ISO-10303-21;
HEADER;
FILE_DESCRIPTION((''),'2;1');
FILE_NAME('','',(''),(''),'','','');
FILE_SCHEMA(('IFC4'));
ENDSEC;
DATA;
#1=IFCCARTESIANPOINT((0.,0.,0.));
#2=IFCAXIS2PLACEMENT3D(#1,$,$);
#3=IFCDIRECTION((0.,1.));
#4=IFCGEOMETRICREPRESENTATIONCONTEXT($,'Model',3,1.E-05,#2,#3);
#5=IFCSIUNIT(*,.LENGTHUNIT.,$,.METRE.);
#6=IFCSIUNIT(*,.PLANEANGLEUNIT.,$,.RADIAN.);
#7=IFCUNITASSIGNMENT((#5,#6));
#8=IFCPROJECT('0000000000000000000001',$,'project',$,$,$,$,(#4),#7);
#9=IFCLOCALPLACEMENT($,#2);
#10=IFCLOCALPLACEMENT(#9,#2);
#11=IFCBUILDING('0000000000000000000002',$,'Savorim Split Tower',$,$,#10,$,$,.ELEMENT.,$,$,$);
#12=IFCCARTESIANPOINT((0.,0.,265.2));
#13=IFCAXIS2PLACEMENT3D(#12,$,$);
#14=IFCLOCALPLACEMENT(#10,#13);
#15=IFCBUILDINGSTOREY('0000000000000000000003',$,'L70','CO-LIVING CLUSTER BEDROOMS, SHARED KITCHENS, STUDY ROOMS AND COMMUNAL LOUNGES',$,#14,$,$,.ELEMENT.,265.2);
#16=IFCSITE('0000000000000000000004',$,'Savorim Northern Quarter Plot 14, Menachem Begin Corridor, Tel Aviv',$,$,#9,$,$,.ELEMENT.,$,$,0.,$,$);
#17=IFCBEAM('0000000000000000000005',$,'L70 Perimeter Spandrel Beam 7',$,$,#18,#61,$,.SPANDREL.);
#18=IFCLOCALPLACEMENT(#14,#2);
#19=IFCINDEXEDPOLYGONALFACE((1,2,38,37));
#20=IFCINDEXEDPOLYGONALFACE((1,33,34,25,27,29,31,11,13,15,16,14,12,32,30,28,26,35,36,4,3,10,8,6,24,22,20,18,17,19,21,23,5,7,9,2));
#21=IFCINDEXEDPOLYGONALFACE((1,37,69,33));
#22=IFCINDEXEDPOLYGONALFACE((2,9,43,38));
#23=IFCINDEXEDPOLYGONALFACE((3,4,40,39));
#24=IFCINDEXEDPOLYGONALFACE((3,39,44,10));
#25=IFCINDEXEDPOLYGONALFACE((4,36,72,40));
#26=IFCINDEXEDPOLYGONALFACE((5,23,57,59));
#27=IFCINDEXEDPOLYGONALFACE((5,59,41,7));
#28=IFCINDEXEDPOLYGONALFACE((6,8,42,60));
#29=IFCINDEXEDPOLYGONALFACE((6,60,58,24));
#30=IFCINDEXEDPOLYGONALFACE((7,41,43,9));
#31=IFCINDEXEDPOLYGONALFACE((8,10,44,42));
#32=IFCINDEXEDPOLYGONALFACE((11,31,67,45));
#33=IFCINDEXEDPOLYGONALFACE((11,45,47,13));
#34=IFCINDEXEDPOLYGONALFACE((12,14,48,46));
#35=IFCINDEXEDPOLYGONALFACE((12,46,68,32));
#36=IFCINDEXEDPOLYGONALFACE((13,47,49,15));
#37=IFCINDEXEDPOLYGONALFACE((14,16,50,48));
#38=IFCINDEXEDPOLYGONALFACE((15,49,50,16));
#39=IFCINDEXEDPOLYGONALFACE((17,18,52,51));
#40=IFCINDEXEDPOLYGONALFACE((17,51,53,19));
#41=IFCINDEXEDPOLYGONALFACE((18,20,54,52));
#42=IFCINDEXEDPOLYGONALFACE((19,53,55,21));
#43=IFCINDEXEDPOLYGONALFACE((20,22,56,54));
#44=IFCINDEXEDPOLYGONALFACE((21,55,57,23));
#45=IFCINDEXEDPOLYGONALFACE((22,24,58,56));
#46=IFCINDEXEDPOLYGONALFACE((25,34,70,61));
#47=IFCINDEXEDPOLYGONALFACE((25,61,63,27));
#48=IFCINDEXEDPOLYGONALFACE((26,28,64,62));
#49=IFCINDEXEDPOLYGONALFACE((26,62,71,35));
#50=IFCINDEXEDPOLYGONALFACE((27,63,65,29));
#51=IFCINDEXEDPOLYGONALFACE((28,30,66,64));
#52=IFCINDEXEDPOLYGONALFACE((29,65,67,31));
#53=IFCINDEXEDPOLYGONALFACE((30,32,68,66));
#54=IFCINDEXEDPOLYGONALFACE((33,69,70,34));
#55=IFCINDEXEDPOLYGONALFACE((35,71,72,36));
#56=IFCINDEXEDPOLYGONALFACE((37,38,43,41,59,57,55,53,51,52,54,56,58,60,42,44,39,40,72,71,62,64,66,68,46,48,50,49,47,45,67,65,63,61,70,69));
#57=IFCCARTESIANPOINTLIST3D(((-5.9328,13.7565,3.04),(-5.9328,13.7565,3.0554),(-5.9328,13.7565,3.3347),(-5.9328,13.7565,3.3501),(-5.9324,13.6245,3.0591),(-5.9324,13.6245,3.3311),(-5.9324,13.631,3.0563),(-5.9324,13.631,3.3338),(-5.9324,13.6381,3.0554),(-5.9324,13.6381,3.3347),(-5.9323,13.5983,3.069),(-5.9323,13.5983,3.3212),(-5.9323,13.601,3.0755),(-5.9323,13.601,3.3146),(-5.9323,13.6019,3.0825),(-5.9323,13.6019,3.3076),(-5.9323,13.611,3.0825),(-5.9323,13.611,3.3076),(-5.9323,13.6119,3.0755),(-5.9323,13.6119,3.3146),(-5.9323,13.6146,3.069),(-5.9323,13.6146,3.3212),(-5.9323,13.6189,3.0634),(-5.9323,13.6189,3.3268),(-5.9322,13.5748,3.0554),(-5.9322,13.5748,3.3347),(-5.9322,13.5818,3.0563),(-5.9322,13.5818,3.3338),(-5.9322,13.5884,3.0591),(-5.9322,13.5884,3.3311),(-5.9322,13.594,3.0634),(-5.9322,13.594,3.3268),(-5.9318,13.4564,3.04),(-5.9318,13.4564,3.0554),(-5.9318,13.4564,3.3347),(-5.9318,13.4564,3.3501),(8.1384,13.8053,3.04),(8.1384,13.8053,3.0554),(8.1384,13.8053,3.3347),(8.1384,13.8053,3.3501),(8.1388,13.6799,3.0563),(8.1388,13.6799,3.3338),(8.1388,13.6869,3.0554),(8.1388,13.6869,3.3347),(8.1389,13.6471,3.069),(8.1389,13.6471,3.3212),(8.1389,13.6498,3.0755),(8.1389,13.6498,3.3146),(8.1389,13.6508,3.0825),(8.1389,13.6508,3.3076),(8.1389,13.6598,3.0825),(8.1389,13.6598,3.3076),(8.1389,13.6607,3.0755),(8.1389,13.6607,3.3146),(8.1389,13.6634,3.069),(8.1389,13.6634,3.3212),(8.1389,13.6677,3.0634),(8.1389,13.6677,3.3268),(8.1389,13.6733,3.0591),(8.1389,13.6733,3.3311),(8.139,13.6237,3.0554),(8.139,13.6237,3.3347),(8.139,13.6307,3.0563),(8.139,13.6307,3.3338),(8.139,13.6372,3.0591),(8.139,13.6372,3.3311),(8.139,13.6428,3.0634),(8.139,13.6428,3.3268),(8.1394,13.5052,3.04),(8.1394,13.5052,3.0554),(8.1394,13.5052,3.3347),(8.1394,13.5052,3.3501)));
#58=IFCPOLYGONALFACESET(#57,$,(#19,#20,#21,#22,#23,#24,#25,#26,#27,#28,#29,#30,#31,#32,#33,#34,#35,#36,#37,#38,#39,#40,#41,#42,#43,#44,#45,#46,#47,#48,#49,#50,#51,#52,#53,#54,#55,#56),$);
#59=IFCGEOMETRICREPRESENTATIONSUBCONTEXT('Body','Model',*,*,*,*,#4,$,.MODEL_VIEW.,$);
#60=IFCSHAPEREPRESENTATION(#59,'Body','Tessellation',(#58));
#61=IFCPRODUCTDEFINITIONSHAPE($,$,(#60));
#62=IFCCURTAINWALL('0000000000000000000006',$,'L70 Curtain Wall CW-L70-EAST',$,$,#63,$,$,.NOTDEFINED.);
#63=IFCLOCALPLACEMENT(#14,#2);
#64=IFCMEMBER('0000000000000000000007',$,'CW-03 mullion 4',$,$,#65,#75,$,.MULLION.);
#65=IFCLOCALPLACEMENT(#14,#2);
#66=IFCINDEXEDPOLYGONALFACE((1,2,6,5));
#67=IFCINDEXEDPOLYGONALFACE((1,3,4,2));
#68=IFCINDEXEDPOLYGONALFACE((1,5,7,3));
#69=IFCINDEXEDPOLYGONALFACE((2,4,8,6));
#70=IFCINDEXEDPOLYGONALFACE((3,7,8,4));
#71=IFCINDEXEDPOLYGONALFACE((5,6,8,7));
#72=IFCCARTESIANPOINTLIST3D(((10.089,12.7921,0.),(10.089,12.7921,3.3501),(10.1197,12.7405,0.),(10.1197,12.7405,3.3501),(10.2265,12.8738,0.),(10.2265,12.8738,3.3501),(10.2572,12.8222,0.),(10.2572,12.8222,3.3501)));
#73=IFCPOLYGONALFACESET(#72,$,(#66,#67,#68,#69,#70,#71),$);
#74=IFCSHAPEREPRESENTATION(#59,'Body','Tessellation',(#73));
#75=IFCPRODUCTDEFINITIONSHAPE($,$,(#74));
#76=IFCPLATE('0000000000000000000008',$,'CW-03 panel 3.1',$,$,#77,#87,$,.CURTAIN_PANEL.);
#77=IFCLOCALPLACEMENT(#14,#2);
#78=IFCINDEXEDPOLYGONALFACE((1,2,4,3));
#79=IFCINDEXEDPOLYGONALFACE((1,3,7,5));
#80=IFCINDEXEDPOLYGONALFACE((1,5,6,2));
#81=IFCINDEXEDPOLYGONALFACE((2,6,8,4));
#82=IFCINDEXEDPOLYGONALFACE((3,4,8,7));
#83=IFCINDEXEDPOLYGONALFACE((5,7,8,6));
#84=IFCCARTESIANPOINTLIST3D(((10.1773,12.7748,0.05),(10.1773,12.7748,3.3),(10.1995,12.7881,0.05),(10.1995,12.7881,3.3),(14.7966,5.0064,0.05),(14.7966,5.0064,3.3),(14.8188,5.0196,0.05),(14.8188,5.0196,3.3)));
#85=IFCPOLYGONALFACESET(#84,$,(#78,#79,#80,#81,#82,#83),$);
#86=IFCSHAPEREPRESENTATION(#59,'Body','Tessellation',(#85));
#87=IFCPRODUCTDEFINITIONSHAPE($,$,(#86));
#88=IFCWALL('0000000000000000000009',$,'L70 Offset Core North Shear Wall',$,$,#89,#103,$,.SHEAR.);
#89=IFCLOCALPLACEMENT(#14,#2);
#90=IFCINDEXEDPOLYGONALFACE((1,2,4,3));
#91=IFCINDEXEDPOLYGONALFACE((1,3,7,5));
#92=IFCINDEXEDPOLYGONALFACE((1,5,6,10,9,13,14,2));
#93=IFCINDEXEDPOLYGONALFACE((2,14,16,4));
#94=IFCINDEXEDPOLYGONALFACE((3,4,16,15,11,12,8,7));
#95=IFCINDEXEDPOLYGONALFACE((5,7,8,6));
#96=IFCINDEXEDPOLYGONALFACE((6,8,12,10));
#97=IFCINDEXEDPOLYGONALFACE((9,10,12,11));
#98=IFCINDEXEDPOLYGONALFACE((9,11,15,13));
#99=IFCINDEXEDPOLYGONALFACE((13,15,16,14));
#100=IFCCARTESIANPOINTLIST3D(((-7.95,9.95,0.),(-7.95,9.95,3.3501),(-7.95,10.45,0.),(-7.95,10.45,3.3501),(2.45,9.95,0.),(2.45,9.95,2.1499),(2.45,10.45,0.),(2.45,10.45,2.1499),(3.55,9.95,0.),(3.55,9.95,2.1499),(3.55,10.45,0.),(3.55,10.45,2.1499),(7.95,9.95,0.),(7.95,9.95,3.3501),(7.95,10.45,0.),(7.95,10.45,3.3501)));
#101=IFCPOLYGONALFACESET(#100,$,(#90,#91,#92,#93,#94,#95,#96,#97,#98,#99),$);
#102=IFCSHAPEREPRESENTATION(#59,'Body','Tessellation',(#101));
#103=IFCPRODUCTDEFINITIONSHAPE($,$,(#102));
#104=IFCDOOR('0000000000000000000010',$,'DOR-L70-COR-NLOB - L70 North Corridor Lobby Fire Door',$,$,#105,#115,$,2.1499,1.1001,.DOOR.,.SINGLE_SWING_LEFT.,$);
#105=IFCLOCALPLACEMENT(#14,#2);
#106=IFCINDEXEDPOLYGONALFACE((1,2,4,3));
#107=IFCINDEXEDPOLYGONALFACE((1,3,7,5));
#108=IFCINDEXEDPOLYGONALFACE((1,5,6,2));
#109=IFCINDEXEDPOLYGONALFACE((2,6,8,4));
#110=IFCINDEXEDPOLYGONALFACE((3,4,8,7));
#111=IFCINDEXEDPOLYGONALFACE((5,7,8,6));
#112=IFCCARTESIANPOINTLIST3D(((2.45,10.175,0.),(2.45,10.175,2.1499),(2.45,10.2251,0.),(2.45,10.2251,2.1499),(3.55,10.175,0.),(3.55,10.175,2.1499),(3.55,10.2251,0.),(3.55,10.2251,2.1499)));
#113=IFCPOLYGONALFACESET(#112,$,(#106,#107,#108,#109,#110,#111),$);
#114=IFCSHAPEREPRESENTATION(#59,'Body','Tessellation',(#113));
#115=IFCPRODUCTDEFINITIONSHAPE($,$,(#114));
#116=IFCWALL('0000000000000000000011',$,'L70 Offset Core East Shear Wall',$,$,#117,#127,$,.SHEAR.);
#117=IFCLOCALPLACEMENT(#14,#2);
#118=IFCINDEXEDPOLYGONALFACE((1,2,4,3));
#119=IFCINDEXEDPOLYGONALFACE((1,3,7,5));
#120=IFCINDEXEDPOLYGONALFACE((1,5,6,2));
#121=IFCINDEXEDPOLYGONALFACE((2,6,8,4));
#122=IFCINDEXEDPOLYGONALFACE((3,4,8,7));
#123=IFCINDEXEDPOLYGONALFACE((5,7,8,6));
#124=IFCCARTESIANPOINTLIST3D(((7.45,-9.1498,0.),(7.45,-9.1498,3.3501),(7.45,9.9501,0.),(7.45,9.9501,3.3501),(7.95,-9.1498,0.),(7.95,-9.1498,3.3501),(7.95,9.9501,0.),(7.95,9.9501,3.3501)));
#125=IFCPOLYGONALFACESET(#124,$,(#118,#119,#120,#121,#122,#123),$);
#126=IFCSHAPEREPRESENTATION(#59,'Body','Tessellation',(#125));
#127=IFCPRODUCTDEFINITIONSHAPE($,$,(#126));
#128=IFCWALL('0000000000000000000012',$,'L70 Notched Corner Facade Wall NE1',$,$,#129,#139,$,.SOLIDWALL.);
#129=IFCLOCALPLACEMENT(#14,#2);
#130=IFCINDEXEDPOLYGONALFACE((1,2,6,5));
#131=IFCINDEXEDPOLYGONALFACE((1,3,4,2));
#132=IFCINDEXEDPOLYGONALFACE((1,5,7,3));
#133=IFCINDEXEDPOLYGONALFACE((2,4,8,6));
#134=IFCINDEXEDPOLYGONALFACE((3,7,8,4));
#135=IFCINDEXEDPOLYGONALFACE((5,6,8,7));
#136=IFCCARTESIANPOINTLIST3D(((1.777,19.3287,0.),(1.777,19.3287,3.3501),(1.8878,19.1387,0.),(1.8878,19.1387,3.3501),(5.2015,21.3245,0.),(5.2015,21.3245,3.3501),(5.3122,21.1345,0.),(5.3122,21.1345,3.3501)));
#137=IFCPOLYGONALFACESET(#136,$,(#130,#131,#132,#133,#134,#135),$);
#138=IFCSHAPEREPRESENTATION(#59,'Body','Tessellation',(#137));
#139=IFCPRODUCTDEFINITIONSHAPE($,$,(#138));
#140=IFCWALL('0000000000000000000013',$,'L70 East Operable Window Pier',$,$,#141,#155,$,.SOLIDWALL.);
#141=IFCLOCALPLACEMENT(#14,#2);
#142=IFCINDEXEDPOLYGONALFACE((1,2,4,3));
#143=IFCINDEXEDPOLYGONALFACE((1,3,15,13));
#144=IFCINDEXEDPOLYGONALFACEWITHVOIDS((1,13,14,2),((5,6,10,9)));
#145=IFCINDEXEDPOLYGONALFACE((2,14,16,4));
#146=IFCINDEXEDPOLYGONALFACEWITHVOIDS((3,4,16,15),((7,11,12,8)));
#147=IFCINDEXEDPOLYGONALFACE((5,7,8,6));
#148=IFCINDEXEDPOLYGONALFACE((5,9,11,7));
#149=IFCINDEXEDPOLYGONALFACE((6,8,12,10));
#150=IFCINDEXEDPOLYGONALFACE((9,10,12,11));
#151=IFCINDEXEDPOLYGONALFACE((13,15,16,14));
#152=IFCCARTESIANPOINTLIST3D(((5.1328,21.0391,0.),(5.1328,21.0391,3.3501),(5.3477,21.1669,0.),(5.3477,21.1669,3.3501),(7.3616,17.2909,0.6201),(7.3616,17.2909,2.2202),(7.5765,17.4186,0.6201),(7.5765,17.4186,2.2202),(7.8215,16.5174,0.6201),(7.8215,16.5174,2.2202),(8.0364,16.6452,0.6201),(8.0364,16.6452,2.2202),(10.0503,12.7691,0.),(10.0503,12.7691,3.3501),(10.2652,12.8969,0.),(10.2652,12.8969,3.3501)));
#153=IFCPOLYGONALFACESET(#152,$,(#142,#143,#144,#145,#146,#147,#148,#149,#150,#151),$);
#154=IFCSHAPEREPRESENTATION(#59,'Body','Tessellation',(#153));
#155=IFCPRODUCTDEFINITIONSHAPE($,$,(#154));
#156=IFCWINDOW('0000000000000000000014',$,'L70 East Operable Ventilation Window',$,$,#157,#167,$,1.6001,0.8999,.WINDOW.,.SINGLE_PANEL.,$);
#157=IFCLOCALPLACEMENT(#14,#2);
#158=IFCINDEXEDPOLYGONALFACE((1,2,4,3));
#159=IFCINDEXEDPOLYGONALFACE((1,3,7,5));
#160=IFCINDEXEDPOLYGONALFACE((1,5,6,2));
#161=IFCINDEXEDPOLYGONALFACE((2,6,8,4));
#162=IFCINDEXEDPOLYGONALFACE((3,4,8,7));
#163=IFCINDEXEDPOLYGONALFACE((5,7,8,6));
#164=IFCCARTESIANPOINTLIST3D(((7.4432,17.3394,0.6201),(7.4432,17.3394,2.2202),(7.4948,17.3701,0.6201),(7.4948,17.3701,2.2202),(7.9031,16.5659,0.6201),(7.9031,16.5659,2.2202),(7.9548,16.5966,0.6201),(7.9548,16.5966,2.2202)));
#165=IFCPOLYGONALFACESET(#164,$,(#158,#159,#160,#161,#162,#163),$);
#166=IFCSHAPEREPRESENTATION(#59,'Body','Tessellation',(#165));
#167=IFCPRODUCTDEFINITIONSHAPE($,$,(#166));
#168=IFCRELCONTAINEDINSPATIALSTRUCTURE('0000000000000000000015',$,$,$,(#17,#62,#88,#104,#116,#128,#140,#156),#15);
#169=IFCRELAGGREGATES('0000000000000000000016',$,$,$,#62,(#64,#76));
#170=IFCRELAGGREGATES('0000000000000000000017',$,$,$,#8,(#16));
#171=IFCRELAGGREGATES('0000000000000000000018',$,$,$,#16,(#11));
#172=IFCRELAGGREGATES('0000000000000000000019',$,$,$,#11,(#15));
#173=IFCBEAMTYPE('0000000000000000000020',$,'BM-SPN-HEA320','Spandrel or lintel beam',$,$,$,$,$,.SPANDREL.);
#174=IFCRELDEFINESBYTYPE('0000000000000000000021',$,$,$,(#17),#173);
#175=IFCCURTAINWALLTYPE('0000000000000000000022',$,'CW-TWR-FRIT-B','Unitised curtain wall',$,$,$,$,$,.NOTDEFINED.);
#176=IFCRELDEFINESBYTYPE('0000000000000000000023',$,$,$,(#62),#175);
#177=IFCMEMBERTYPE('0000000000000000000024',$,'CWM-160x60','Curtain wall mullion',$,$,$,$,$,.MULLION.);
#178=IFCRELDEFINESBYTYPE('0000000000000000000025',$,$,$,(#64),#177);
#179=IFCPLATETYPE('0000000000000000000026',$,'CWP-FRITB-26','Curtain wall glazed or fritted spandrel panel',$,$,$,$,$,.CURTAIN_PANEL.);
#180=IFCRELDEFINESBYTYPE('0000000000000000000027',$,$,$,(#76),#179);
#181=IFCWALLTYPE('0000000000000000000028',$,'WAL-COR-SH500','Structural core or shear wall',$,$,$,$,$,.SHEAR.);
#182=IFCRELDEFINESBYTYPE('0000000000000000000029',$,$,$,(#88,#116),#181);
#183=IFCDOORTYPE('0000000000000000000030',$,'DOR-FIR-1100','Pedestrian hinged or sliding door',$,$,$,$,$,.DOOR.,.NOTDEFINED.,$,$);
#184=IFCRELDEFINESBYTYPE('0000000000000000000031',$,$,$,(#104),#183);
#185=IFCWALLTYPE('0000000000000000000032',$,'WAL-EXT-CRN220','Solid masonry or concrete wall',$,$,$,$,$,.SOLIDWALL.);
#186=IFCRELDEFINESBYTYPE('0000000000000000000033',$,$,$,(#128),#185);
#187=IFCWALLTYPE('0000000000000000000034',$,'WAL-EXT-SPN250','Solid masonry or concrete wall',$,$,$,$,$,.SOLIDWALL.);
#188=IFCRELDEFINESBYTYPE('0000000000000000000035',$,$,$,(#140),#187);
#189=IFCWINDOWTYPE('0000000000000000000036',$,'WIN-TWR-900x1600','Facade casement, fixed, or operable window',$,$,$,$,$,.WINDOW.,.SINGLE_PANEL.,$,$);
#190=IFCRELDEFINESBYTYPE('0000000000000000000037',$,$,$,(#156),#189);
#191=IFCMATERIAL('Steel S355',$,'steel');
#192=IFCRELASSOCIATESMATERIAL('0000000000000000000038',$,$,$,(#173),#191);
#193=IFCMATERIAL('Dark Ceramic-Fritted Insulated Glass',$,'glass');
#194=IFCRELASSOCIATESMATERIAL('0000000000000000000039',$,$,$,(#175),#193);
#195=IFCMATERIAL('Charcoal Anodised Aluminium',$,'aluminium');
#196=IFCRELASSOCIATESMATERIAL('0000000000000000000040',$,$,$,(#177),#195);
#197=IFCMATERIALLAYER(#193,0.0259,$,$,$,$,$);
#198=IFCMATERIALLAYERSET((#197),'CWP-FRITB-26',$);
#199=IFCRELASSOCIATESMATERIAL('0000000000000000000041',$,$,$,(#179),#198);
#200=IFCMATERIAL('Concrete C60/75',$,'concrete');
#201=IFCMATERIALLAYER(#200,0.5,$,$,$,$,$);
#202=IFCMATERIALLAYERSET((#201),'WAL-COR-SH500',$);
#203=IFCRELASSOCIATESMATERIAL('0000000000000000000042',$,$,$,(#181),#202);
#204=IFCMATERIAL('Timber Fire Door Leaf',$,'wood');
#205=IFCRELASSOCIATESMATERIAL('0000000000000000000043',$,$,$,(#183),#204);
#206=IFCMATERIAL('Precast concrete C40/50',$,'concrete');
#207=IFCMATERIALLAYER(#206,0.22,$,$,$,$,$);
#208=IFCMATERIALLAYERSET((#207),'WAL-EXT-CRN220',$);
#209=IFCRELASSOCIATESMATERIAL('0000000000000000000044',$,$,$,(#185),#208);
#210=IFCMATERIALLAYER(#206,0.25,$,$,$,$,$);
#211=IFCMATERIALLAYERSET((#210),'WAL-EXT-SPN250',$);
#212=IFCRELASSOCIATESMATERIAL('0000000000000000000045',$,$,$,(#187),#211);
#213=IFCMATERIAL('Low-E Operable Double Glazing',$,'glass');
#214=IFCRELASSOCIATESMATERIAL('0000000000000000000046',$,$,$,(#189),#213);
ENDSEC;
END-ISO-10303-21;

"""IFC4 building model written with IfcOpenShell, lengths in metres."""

from ifc_helpers import new_model, si_unit, direction, frame, frame_2d, origin, origin_2d, place, context, subcontext, project, spatial, rectangle, i_section, extrude, material, layer, layer_set, material_profile, profile_set, type_object, element, fill, aggregate, save


model = new_model("IFC4")

# Units and contexts
model_context = context("Model", 3, precision=1e-05, world=origin(), true_north=direction((0.0, 1.0)))
body_context = subcontext(model_context, "Body", "Model", "MODEL_VIEW")
ifc_project = project(units=[si_unit("LENGTHUNIT", "METRE"), si_unit("PLANEANGLEUNIT", "RADIAN")], contexts=[model_context])

# Site, building, storey
site_placement = place(None, origin())
site = spatial("IfcSite", under=ifc_project, at=site_placement, Name="Savorim Northern Quarter Plot 14, Menachem Begin Corridor, Tel Aviv", CompositionType="ELEMENT", RefElevation=0.0)
building_placement = place(site_placement, origin())
building = spatial("IfcBuilding", under=site, at=building_placement, Name="Savorim Split Tower", CompositionType="ELEMENT")
storey_placement = place(building_placement, frame((0.0, 0.0, 265.2)))
storey = spatial("IfcBuildingStorey", under=building, at=storey_placement, Name="L70", Description="CO-LIVING CLUSTER BEDROOMS, SHARED KITCHENS, STUDY ROOMS AND COMMUNAL LOUNGES", CompositionType="ELEMENT", Elevation=265.2)

# Shared definitions
ifc_material_1 = material(Name="Steel S355", Category="steel")

# Beam
ifc_material_profile_1 = material_profile(ifc_material_1, i_section(OverallWidth=0.3, OverallDepth=0.3101, WebThickness=0.009, FlangeThickness=0.0154, FilletRadius=0.0271, at=origin_2d()), Name="HEA 320")
ifc_profile_set_1 = profile_set([ifc_material_profile_1], Name="Steel S355")
beam_type_1 = type_object("IfcBeamType", Name="BM-SPN-HEA320", Description="Spandrel or lintel beam", PredefinedType="SPANDREL", material=ifc_profile_set_1)
beam_1_placement = place(storey_placement, frame((8.1389, 13.6553, 3.1951), z_axis=(-0.999994, -0.00347, 0.0), x_axis=(0.00347, -0.999994, 0.0)))
element("IfcBeam", 1, at=beam_1_placement, inside=storey, type_object=beam_type_1, Name="L70 Perimeter Spandrel Beam 7", PredefinedType="SPANDREL", context=body_context, shape_type="SweptSolid", body=[
    extrude(i_section(OverallWidth=0.3, OverallDepth=0.3101, WebThickness=0.009, FlangeThickness=0.0154, FilletRadius=0.0271, at=origin_2d()), origin(), (0.0, 0.0, 1.0), 14.0713),
])

# Curtain wall, member, plate
ifc_material_2 = material(Name="Dark Ceramic-Fritted Insulated Glass", Category="glass")
curtain_wall_type = type_object("IfcCurtainWallType", Name="CW-TWR-FRIT-B", Description="Unitised curtain wall", PredefinedType="NOTDEFINED", material=ifc_material_2)
curtain_wall_placement = place(storey_placement, origin())
curtain_wall = element("IfcCurtainWall", 2, at=curtain_wall_placement, inside=storey, type_object=curtain_wall_type, Name="L70 Curtain Wall CW-L70-EAST", PredefinedType="NOTDEFINED")
ifc_material_3 = material(Name="Charcoal Anodised Aluminium", Category="aluminium")
ifc_material_profile_2 = material_profile(ifc_material_3, rectangle(XDim=0.1599, YDim=0.0601, at=origin_2d()), Name="ALU-M 160x60")
ifc_profile_set_2 = profile_set([ifc_material_profile_2], Name="Charcoal Anodised Aluminium")
member_type = type_object("IfcMemberType", Name="CWM-160x60", Description="Curtain wall mullion", PredefinedType="MULLION", material=ifc_profile_set_2)
member_placement = place(storey_placement, frame((10.1731, 12.8071, 0.0), z_axis=(0.0, 0.0, 1.0), x_axis=(-0.859527, -0.51109, 0.0)))
member = element("IfcMember", 3, at=member_placement, type_object=member_type, Name="CW-03 mullion 4", PredefinedType="MULLION", context=body_context, shape_type="SweptSolid", body=[
    extrude(rectangle(XDim=0.1599, YDim=0.0601, at=origin_2d()), origin(), (0.0, 0.0, 1.0), 3.3501),
])
ifc_layer_1 = layer(ifc_material_2, 0.0259)
ifc_layer_set_1 = layer_set([ifc_layer_1], Name="CWP-FRITB-26")
plate_type = type_object("IfcPlateType", Name="CWP-FRITB-26", Description="Curtain wall glazed or fritted spandrel panel", PredefinedType="CURTAIN_PANEL", material=ifc_layer_set_1)
plate_placement = place(storey_placement, frame((12.498, 8.8972, 0.05), z_axis=(0.0, 0.0, 1.0), x_axis=(-0.51109, 0.859527, 0.0)))
plate = element("IfcPlate", 4, at=plate_placement, type_object=plate_type, Name="CW-03 panel 3.1", PredefinedType="CURTAIN_PANEL", context=body_context, shape_type="SweptSolid", body=[
    extrude(rectangle(XDim=9.0381, YDim=0.0259, at=origin_2d()), origin(), (0.0, 0.0, 1.0), 3.25),
])
aggregate(curtain_wall, [member, plate])

# Wall, opening, door
ifc_material_4 = material(Name="Concrete C60/75", Category="concrete")
ifc_layer_2 = layer(ifc_material_4, 0.5)
ifc_layer_set_2 = layer_set([ifc_layer_2], Name="WAL-COR-SH500")
wall_type_1 = type_object("IfcWallType", Name="WAL-COR-SH500", Description="Structural core or shear wall", PredefinedType="SHEAR", material=ifc_layer_set_2)
wall_1_placement = place(storey_placement, frame((7.95, 10.2, 0.0), z_axis=(0.0, 0.0, 1.0), x_axis=(-1.0, 0.0, 0.0)))
wall_1 = element("IfcWall", 5, at=wall_1_placement, inside=storey, type_object=wall_type_1, Name="L70 Offset Core North Shear Wall", PredefinedType="SHEAR", context=body_context, shape_type="SweptSolid", body=[
    extrude(rectangle(XDim=15.8999, YDim=0.5, at=frame_2d((7.95, 0.0))), origin(), (0.0, 0.0, 1.0), 3.3501),
])
opening_1_placement = place(wall_1_placement, frame((4.3999, 0.0, 0.0)))
opening_1 = element("IfcOpeningElement", 6, at=opening_1_placement, cuts=wall_1, PredefinedType="OPENING", context=body_context, shape_type="SweptSolid", body=[
    extrude(rectangle(XDim=1.1001, YDim=2.1499, at=frame_2d((0.55, 1.075))), frame((0.0, 0.26, 0.0), z_axis=(0.0, -1.0, 0.0), x_axis=(1.0, 0.0, 0.0)), (0.0, 0.0, 1.0), 0.52),
])
ifc_material_5 = material(Name="Timber Fire Door Leaf", Category="wood")
door_type_1 = type_object("IfcDoorType", Name="DOR-FIR-1100", Description="Pedestrian hinged or sliding door", OperationType="NOTDEFINED", PredefinedType="DOOR", material=ifc_material_5)
door_1_placement = place(opening_1_placement, origin())
door_1 = element("IfcDoor", 7, at=door_1_placement, inside=storey, type_object=door_type_1, Name="DOR-L70-COR-NLOB - L70 North Corridor Lobby Fire Door", OperationType="SINGLE_SWING_LEFT", OverallHeight=2.1499, OverallWidth=1.1001, PredefinedType="DOOR", context=body_context, shape_type="SweptSolid", body=[
    extrude(rectangle(XDim=1.1001, YDim=2.1499, at=frame_2d((0.55, 1.075))), frame((0.0, 0.0249, 0.0), z_axis=(0.0, -1.0, 0.0), x_axis=(1.0, 0.0, 0.0)), (0.0, 0.0, 1.0), 0.05),
])
fill(opening_1, door_1)

# Walls
wall_2_placement = place(storey_placement, frame((7.7, 9.95, 0.0), z_axis=(0.0, 0.0, 1.0), x_axis=(0.0, -1.0, 0.0)))
element("IfcWall", 8, at=wall_2_placement, inside=storey, type_object=wall_type_1, Name="L70 Offset Core East Shear Wall", PredefinedType="SHEAR", context=body_context, shape_type="SweptSolid", body=[
    extrude(rectangle(XDim=19.0999, YDim=0.5, at=frame_2d((9.5498, 0.0))), origin(), (0.0, 0.0, 1.0), 3.3501),
])
ifc_material_6 = material(Name="Precast concrete C40/50", Category="concrete")
ifc_layer_3 = layer(ifc_material_6, 0.22)
ifc_layer_set_3 = layer_set([ifc_layer_3], Name="WAL-EXT-CRN220")
wall_type_2 = type_object("IfcWallType", Name="WAL-EXT-CRN220", Description="Solid masonry or concrete wall", PredefinedType="SOLIDWALL", material=ifc_layer_set_3)
wall_3_placement = place(storey_placement, frame((1.8323, 19.2336, 0.0), z_axis=(0.0, 0.0, 1.0), x_axis=(0.863978, 0.50353, 0.0)))
element("IfcWall", 9, at=wall_3_placement, inside=storey, type_object=wall_type_2, Name="L70 Notched Corner Facade Wall NE1", PredefinedType="SOLIDWALL", context=body_context, shape_type="SweptSolid", body=[
    extrude(rectangle(XDim=3.9636, YDim=0.22, at=frame_2d((1.9819, 0.0))), origin(), (0.0, 0.0, 1.0), 3.3501),
])

# Wall, opening, window
ifc_layer_4 = layer(ifc_material_6, 0.25)
ifc_layer_set_4 = layer_set([ifc_layer_4], Name="WAL-EXT-SPN250")
wall_type_3 = type_object("IfcWallType", Name="WAL-EXT-SPN250", Description="Solid masonry or concrete wall", PredefinedType="SOLIDWALL", material=ifc_layer_set_4)
wall_4_placement = place(storey_placement, frame((5.2402, 21.103, 0.0), z_axis=(0.0, 0.0, 1.0), x_axis=(0.511089, -0.859528, 0.0)))
wall_4 = element("IfcWall", 10, at=wall_4_placement, inside=storey, type_object=wall_type_3, Name="L70 East Operable Window Pier", PredefinedType="SOLIDWALL", context=body_context, shape_type="SweptSolid", body=[
    extrude(rectangle(XDim=9.6216, YDim=0.25, at=frame_2d((4.8108, 0.0))), origin(), (0.0, 0.0, 1.0), 3.3501),
])
opening_2_placement = place(wall_4_placement, frame((4.3608, 0.0, 0.6201)))
opening_2 = element("IfcOpeningElement", 11, at=opening_2_placement, cuts=wall_4, PredefinedType="OPENING", context=body_context, shape_type="SweptSolid", body=[
    extrude(rectangle(XDim=0.8999, YDim=1.6001, at=frame_2d((0.45, 0.8))), frame((0.0, 0.135, 0.0), z_axis=(0.0, -1.0, 0.0), x_axis=(1.0, 0.0, 0.0)), (0.0, 0.0, 1.0), 0.27),
])
ifc_material_7 = material(Name="Low-E Operable Double Glazing", Category="glass")
window_type = type_object("IfcWindowType", Name="WIN-TWR-900x1600", Description="Facade casement, fixed, or operable window", PartitioningType="SINGLE_PANEL", PredefinedType="WINDOW", material=ifc_material_7)
window_placement = place(opening_2_placement, origin())
window = element("IfcWindow", 12, at=window_placement, inside=storey, type_object=window_type, Name="L70 East Operable Ventilation Window", OverallHeight=1.6001, OverallWidth=0.8999, PartitioningType="SINGLE_PANEL", PredefinedType="WINDOW", context=body_context, shape_type="SweptSolid", body=[
    extrude(rectangle(XDim=0.8999, YDim=1.6001, at=frame_2d((0.45, 0.8))), frame((0.0, 0.03, 0.0), z_axis=(0.0, -1.0, 0.0), x_axis=(1.0, 0.0, 0.0)), (0.0, 0.0, 1.0), 0.0601),
])
fill(opening_2, window)

save(model, "model.ifc")
